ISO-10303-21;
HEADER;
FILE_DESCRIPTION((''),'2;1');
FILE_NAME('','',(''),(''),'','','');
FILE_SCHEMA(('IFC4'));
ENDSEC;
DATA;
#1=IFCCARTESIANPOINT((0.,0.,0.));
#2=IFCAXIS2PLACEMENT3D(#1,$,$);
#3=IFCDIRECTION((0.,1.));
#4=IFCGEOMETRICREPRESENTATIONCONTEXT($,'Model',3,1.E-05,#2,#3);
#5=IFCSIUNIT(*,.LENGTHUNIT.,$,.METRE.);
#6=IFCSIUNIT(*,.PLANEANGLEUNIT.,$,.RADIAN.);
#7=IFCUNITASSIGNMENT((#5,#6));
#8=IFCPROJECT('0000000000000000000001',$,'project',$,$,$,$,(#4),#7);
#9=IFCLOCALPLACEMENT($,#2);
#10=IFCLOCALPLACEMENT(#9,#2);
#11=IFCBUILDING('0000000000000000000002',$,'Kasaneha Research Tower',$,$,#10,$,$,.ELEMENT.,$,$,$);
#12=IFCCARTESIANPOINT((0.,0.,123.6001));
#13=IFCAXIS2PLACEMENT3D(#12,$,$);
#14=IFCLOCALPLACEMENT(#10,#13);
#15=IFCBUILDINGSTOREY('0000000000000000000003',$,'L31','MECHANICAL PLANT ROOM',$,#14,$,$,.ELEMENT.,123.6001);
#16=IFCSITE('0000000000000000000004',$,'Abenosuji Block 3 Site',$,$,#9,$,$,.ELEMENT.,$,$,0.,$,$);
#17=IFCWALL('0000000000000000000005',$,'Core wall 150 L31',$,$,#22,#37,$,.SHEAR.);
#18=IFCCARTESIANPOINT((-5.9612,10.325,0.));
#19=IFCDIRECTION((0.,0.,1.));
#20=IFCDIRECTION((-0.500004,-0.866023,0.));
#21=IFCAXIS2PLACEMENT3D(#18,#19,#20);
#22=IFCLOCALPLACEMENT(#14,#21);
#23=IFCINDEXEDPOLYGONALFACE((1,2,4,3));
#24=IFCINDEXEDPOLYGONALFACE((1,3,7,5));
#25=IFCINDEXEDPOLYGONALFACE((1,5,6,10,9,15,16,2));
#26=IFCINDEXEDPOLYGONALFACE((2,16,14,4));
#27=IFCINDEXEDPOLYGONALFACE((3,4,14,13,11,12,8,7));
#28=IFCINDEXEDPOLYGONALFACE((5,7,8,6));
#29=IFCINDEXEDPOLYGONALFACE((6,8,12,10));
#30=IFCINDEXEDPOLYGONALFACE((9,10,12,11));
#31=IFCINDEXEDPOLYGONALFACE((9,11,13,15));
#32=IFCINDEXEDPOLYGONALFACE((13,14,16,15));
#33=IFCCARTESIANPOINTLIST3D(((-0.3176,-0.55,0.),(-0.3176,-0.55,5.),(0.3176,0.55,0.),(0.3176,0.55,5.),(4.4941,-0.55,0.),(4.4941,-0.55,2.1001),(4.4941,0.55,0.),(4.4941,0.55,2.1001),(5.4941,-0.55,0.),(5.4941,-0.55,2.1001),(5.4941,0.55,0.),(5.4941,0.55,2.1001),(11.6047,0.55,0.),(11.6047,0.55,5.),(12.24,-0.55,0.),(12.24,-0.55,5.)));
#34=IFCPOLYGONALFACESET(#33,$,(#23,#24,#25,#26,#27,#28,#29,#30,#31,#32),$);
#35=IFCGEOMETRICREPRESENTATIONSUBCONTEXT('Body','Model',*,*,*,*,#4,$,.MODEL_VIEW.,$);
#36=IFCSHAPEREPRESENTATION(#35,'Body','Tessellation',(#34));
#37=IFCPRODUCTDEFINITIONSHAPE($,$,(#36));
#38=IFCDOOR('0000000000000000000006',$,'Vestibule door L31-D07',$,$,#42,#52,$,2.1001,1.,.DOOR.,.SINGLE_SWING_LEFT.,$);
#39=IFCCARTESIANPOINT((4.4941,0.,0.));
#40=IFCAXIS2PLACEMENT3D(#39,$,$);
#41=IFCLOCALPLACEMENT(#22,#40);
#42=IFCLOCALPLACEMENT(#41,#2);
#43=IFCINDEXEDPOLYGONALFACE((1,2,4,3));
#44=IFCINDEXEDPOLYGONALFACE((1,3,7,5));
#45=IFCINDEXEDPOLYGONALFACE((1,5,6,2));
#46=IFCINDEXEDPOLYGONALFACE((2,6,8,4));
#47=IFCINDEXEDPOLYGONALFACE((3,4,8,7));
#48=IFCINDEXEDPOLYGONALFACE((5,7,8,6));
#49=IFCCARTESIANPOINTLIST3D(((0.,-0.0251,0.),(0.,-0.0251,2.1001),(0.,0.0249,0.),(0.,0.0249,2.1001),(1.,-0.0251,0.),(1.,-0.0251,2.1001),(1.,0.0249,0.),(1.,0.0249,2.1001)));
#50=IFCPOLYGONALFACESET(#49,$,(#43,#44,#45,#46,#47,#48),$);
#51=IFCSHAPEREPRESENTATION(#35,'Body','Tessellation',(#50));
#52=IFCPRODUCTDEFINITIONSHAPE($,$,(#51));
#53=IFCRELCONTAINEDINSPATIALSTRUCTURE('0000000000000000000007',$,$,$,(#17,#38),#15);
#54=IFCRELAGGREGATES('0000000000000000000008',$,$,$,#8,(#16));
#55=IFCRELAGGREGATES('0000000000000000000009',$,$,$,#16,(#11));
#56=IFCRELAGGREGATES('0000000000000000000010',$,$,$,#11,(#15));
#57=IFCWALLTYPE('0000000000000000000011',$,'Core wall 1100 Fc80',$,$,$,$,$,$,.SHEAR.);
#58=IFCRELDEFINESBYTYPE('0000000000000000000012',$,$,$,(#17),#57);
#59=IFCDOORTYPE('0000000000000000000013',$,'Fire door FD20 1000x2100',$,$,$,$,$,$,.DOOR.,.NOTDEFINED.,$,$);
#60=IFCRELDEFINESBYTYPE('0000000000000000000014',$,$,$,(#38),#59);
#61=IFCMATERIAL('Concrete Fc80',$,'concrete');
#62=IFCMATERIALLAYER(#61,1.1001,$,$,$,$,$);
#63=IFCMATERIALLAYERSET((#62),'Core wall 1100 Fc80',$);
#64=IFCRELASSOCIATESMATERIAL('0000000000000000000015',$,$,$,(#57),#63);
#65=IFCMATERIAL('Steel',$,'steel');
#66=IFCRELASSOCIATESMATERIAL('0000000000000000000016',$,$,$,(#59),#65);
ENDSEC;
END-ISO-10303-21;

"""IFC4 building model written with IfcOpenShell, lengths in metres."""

from ifc_helpers import new_model, si_unit, direction, frame, frame_2d, origin, place, context, subcontext, project, spatial, polyline, rectangle, outline, extrude, material, layer, layer_set, type_object, element, fill, save


model = new_model("IFC4")

# Units and contexts
model_context = context("Model", 3, precision=1e-05, world=origin(), true_north=direction((0.0, 1.0)))
body_context = subcontext(model_context, "Body", "Model", "MODEL_VIEW")
ifc_project = project(units=[si_unit("LENGTHUNIT", "METRE"), si_unit("PLANEANGLEUNIT", "RADIAN")], contexts=[model_context])

# Site, building, storey
site_placement = place(None, origin())
site = spatial("IfcSite", under=ifc_project, at=site_placement, Name="Abenosuji Block 3 Site", CompositionType="ELEMENT", RefElevation=0.0)
building_placement = place(site_placement, origin())
building = spatial("IfcBuilding", under=site, at=building_placement, Name="Kasaneha Research Tower", CompositionType="ELEMENT")
storey_placement = place(building_placement, frame((0.0, 0.0, 123.6001)))
storey = spatial("IfcBuildingStorey", under=building, at=storey_placement, Name="L31", Description="MECHANICAL PLANT ROOM", CompositionType="ELEMENT", Elevation=123.6001)

# Wall, opening, door
ifc_material_1 = material(Name="Concrete Fc80", Category="concrete")
ifc_layer_1 = layer(ifc_material_1, 1.1001)
ifc_layer_set_1 = layer_set([ifc_layer_1], Name="Core wall 1100 Fc80")
wall_type_1 = type_object("IfcWallType", Name="Core wall 1100 Fc80", PredefinedType="SHEAR", material=ifc_layer_set_1)
wall_1_placement = place(storey_placement, frame((-5.9612, 10.325, 0.0), z_axis=(0.0, 0.0, 1.0), x_axis=(-0.500004, -0.866023, 0.0)))
wall_1 = element("IfcWall", 1, at=wall_1_placement, inside=storey, type_object=wall_type_1, Name="Core wall 150 L31", PredefinedType="SHEAR", context=body_context, shape_type="SweptSolid", body=[
    extrude(outline(polyline([(-0.3176, -0.55), (4.4941, -0.55), (5.4941, -0.55), (12.24, -0.55), (11.6047, 0.55), (5.4941, 0.55), (4.4941, 0.55), (0.3176, 0.55), (-0.3176, -0.55)])), origin(), (0.0, 0.0, 1.0), 5.0),
])
opening_1_placement = place(wall_1_placement, frame((4.4941, 0.0, 0.0)))
opening_1 = element("IfcOpeningElement", 2, at=opening_1_placement, cuts=wall_1, PredefinedType="OPENING", context=body_context, shape_type="SweptSolid", body=[
    extrude(rectangle(XDim=1.0, YDim=2.1001, at=frame_2d((0.5, 1.05))), frame((0.0, 0.5601, 0.0), z_axis=(0.0, -1.0, 0.0), x_axis=(1.0, 0.0, 0.0)), (0.0, 0.0, 1.0), 1.1201),
])
ifc_material_2 = material(Name="Steel", Category="steel")
door_type_1 = type_object("IfcDoorType", Name="Fire door FD20 1000x2100", OperationType="NOTDEFINED", PredefinedType="DOOR", material=ifc_material_2)
door_1_placement = place(opening_1_placement, origin())
door_1 = element("IfcDoor", 3, at=door_1_placement, inside=storey, type_object=door_type_1, Name="Vestibule door L31-D07", OperationType="SINGLE_SWING_LEFT", OverallHeight=2.1001, OverallWidth=1.0, PredefinedType="DOOR", context=body_context, shape_type="SweptSolid", body=[
    extrude(rectangle(XDim=1.0, YDim=2.1001, at=frame_2d((0.5, 1.05))), frame((0.0, 0.0249, 0.0), z_axis=(0.0, -1.0, 0.0), x_axis=(1.0, 0.0, 0.0)), (0.0, 0.0, 1.0), 0.05),
])
fill(opening_1, door_1)

save(model, "model.ifc")
